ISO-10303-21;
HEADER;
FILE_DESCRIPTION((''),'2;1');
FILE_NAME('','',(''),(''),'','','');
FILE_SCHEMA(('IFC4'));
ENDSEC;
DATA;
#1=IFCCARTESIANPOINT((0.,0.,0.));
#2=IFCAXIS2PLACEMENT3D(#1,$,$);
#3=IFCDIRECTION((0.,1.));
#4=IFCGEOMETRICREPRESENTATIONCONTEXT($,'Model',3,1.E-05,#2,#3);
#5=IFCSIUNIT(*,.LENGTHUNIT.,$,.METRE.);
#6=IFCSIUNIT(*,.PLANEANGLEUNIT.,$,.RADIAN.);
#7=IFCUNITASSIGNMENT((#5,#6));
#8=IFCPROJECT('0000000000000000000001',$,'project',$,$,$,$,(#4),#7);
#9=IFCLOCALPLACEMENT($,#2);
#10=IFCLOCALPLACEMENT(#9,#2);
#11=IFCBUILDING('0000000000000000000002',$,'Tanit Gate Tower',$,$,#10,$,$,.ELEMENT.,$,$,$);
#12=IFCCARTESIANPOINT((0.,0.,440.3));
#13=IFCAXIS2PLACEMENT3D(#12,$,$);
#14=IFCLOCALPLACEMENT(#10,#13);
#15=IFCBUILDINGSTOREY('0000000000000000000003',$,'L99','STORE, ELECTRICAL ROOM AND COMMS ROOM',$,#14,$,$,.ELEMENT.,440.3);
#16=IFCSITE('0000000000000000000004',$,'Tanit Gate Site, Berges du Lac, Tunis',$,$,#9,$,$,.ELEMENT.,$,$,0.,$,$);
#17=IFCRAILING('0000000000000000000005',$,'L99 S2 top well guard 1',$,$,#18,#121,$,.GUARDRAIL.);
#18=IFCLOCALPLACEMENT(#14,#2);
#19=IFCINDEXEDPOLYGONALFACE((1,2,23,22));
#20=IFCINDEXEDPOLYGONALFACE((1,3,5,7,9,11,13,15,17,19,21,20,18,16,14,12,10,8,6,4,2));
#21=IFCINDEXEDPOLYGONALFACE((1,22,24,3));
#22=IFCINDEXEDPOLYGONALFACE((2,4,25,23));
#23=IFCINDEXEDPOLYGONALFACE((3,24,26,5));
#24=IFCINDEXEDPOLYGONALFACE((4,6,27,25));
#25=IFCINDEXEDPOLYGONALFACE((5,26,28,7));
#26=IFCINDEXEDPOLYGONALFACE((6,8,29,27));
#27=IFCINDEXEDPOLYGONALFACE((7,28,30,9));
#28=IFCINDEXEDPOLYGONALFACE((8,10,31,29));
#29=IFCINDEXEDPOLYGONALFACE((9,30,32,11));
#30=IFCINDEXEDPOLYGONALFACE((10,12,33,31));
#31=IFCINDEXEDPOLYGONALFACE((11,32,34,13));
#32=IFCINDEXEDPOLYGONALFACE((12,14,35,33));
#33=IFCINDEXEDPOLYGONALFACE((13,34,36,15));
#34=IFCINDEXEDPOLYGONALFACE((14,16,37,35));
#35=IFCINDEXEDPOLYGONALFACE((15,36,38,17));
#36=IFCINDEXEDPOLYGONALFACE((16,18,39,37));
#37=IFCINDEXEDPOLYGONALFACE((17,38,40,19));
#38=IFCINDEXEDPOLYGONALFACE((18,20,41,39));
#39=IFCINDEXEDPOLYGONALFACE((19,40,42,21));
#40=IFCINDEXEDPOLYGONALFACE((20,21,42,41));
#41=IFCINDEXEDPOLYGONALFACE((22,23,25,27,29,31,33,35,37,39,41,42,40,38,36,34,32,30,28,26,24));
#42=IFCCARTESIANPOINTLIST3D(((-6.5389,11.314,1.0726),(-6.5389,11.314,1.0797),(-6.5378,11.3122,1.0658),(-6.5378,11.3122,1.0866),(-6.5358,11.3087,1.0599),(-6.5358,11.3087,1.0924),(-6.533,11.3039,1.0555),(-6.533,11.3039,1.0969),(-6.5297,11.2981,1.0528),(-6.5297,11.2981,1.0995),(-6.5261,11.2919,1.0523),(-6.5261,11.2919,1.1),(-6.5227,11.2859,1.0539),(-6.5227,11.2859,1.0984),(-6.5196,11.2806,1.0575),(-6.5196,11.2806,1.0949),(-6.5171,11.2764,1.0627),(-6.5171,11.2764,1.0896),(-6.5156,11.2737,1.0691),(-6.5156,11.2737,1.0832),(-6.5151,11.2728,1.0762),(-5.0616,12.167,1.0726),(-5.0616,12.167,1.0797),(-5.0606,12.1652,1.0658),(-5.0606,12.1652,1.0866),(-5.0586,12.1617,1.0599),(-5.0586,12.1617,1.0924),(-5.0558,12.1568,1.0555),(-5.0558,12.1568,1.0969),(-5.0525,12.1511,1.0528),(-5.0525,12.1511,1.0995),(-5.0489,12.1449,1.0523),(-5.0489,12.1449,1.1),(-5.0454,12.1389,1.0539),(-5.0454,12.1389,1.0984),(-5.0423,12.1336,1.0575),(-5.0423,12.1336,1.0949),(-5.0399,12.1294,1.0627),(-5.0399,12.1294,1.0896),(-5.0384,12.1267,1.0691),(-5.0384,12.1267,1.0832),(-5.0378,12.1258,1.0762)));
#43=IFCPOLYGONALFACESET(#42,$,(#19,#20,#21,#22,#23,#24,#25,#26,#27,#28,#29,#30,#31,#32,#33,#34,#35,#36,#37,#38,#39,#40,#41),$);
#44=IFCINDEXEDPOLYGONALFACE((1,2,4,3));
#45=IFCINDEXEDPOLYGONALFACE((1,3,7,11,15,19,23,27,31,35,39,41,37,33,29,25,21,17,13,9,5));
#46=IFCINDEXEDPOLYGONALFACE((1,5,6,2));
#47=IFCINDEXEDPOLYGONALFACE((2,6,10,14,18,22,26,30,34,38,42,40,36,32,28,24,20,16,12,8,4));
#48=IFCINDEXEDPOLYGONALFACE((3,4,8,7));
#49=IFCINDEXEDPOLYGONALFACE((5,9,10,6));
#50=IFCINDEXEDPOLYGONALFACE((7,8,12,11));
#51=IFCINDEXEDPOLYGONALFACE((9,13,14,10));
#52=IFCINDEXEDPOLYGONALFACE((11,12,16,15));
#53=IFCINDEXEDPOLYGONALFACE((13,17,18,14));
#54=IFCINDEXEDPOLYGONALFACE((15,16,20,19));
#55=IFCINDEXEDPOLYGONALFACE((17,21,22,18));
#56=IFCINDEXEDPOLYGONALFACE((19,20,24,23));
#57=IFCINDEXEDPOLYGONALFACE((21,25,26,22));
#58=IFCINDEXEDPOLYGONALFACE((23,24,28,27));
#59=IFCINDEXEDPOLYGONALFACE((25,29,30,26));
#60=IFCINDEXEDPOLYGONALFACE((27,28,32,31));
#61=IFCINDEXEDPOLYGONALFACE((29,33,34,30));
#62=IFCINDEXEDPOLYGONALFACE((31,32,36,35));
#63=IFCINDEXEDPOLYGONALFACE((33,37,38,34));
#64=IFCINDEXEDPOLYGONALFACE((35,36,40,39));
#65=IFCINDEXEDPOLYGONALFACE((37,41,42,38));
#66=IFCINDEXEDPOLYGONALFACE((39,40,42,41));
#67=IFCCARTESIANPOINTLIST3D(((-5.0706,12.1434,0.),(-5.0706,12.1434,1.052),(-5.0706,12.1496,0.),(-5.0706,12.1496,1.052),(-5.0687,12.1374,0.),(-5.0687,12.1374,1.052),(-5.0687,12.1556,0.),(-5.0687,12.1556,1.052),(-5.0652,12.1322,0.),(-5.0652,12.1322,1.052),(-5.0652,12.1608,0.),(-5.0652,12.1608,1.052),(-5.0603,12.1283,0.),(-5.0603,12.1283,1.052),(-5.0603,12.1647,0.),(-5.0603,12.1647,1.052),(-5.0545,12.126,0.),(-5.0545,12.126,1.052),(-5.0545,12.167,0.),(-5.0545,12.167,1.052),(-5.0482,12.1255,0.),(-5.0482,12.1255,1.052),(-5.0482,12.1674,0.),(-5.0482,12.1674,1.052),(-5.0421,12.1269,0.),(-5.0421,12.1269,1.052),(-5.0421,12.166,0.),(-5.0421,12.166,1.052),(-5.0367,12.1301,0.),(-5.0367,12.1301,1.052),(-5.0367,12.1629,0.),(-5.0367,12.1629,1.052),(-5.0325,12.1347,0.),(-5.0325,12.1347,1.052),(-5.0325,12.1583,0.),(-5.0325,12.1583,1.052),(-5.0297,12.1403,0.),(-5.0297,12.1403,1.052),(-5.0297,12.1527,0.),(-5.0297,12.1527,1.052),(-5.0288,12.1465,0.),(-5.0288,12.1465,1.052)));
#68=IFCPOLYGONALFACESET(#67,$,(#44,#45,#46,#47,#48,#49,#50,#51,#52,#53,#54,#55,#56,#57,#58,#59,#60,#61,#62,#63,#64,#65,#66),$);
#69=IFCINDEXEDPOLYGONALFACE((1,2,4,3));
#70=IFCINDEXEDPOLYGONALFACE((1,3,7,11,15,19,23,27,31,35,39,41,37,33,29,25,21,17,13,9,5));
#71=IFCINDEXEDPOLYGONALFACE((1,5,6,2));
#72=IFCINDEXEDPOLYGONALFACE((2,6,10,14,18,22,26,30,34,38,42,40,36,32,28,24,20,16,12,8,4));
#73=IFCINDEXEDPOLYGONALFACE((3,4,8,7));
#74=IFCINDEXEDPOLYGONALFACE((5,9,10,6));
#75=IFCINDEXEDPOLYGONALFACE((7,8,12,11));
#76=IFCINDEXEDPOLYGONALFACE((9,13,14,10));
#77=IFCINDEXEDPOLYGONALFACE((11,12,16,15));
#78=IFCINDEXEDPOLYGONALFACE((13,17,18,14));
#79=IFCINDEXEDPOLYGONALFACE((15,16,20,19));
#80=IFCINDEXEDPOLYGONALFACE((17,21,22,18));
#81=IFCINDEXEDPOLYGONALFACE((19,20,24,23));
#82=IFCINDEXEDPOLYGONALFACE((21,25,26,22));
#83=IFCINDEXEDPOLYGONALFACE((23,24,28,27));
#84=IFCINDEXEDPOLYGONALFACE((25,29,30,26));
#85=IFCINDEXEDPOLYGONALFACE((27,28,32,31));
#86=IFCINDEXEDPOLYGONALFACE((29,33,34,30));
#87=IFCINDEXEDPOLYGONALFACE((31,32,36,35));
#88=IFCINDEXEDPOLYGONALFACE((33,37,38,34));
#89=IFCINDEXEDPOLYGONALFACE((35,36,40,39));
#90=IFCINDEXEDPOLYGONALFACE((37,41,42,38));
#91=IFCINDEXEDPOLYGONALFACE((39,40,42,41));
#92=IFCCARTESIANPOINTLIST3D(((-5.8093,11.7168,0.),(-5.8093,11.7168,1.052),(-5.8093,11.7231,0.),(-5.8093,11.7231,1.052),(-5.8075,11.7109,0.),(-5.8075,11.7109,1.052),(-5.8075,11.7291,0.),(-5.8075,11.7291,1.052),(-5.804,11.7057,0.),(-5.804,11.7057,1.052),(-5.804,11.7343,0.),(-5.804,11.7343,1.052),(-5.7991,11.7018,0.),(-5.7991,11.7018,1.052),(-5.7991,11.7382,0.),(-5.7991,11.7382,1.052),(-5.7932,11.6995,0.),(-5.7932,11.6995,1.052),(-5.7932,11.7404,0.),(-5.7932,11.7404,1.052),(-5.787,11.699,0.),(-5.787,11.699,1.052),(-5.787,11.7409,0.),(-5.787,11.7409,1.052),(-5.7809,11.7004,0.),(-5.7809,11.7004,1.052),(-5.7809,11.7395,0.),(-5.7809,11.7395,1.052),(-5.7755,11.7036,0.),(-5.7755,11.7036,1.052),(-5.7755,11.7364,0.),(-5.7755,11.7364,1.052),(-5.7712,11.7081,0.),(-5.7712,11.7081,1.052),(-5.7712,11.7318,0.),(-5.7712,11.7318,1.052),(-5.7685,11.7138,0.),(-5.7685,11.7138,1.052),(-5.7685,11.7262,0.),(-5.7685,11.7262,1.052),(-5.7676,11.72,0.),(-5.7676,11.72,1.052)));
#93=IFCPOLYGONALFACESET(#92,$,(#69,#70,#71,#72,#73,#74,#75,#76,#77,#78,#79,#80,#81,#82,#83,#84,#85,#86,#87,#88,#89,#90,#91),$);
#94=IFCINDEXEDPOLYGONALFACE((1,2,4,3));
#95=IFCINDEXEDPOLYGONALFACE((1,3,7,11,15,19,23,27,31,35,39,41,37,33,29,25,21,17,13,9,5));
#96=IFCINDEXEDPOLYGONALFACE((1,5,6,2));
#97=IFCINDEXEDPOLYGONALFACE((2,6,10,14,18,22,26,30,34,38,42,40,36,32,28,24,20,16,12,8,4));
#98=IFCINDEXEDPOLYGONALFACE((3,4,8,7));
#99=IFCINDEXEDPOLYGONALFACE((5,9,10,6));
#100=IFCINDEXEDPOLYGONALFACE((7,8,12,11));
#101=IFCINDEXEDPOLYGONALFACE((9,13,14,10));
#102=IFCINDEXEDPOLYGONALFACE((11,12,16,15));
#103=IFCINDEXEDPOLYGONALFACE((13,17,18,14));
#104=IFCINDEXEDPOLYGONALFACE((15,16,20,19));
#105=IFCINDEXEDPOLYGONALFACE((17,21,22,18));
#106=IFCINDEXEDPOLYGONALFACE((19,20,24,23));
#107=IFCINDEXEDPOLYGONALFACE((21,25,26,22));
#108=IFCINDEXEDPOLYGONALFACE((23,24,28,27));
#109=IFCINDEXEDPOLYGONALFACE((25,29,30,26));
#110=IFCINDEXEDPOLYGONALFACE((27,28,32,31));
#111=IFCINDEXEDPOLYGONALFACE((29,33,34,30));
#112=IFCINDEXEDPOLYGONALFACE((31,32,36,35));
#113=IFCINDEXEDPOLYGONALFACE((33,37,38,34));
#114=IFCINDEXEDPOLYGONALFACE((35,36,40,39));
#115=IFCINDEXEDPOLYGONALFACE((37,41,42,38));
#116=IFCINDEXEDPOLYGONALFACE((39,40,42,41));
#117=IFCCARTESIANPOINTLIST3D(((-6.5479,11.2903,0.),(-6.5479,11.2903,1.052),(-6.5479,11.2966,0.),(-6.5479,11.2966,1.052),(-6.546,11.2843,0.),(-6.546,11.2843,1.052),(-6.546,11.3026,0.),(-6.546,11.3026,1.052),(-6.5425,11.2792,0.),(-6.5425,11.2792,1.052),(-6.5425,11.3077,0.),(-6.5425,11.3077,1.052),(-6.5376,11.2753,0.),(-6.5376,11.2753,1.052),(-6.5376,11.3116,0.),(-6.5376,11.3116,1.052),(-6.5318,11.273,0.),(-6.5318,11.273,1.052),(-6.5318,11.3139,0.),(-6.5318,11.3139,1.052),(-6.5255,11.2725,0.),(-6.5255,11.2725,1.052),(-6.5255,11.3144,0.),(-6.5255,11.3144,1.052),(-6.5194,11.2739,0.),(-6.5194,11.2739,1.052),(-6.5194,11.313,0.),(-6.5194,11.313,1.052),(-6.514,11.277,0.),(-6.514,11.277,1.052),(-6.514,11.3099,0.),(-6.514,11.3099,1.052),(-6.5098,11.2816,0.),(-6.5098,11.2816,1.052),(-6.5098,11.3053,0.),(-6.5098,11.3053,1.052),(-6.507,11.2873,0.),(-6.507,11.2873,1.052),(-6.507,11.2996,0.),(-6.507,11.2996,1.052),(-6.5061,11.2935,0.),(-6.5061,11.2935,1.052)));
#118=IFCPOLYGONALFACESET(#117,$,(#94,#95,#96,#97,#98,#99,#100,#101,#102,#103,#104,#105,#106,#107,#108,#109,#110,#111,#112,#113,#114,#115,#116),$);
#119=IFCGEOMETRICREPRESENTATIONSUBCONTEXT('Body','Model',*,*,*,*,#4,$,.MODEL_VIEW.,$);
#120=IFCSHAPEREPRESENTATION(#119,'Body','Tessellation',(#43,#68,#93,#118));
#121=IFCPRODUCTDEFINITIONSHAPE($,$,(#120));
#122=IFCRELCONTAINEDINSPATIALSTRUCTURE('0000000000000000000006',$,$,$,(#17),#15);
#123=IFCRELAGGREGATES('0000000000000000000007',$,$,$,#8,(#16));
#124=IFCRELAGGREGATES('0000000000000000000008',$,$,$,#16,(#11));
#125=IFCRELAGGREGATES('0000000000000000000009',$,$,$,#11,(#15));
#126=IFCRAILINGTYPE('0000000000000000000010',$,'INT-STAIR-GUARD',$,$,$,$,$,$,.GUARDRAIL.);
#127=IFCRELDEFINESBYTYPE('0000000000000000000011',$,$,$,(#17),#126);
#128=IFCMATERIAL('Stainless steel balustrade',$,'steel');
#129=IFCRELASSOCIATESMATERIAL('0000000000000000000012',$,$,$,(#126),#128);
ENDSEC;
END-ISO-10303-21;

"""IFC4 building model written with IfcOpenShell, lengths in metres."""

from ifc_helpers import new_model, si_unit, direction, frame, origin, origin_2d, place, context, subcontext, project, spatial, circle, extrude, material, type_object, element, save


model = new_model("IFC4")

# Units and contexts
model_context = context("Model", 3, precision=1e-05, world=origin(), true_north=direction((0.0, 1.0)))
body_context = subcontext(model_context, "Body", "Model", "MODEL_VIEW")
ifc_project = project(units=[si_unit("LENGTHUNIT", "METRE"), si_unit("PLANEANGLEUNIT", "RADIAN")], contexts=[model_context])

# Site, building, storey
site_placement = place(None, origin())
site = spatial("IfcSite", under=ifc_project, at=site_placement, Name="Tanit Gate Site, Berges du Lac, Tunis", CompositionType="ELEMENT", RefElevation=0.0)
building_placement = place(site_placement, origin())
building = spatial("IfcBuilding", under=site, at=building_placement, Name="Tanit Gate Tower", CompositionType="ELEMENT")
storey_placement = place(building_placement, frame((0.0, 0.0, 440.3)))
storey = spatial("IfcBuildingStorey", under=building, at=storey_placement, Name="L99", Description="STORE, ELECTRICAL ROOM AND COMMS ROOM", CompositionType="ELEMENT", Elevation=440.3)

# Railing
ifc_material_1 = material(Name="Stainless steel balustrade", Category="steel")
railing_type_1 = type_object("IfcRailingType", Name="INT-STAIR-GUARD", PredefinedType="GUARDRAIL", material=ifc_material_1)
railing_1_placement = place(storey_placement, frame((-5.0498, 12.1465, 0.0)))
element("IfcRailing", 1, at=railing_1_placement, inside=storey, type_object=railing_type_1, Name="L99 S2 top well guard 1", PredefinedType="GUARDRAIL", context=body_context, shape_type="SweptSolid", body=[
    extrude(circle(Radius=0.0239, at=origin_2d()), frame((0.0, 0.0, 1.0762), z_axis=(-0.865997, -0.500049, 0.0), x_axis=(0.500049, -0.865997, 0.0)), (0.0, 0.0, 1.0), 1.7058),
    extrude(circle(Radius=0.021, at=origin_2d()), origin(), (0.0, 0.0, 1.0), 1.052),
    extrude(circle(Radius=0.021, at=origin_2d()), frame((-0.7388, -0.4265, 0.0)), (0.0, 0.0, 1.0), 1.052),
    extrude(circle(Radius=0.021, at=origin_2d()), frame((-1.4773, -0.853, 0.0)), (0.0, 0.0, 1.0), 1.052),
])

save(model, "model.ifc")
